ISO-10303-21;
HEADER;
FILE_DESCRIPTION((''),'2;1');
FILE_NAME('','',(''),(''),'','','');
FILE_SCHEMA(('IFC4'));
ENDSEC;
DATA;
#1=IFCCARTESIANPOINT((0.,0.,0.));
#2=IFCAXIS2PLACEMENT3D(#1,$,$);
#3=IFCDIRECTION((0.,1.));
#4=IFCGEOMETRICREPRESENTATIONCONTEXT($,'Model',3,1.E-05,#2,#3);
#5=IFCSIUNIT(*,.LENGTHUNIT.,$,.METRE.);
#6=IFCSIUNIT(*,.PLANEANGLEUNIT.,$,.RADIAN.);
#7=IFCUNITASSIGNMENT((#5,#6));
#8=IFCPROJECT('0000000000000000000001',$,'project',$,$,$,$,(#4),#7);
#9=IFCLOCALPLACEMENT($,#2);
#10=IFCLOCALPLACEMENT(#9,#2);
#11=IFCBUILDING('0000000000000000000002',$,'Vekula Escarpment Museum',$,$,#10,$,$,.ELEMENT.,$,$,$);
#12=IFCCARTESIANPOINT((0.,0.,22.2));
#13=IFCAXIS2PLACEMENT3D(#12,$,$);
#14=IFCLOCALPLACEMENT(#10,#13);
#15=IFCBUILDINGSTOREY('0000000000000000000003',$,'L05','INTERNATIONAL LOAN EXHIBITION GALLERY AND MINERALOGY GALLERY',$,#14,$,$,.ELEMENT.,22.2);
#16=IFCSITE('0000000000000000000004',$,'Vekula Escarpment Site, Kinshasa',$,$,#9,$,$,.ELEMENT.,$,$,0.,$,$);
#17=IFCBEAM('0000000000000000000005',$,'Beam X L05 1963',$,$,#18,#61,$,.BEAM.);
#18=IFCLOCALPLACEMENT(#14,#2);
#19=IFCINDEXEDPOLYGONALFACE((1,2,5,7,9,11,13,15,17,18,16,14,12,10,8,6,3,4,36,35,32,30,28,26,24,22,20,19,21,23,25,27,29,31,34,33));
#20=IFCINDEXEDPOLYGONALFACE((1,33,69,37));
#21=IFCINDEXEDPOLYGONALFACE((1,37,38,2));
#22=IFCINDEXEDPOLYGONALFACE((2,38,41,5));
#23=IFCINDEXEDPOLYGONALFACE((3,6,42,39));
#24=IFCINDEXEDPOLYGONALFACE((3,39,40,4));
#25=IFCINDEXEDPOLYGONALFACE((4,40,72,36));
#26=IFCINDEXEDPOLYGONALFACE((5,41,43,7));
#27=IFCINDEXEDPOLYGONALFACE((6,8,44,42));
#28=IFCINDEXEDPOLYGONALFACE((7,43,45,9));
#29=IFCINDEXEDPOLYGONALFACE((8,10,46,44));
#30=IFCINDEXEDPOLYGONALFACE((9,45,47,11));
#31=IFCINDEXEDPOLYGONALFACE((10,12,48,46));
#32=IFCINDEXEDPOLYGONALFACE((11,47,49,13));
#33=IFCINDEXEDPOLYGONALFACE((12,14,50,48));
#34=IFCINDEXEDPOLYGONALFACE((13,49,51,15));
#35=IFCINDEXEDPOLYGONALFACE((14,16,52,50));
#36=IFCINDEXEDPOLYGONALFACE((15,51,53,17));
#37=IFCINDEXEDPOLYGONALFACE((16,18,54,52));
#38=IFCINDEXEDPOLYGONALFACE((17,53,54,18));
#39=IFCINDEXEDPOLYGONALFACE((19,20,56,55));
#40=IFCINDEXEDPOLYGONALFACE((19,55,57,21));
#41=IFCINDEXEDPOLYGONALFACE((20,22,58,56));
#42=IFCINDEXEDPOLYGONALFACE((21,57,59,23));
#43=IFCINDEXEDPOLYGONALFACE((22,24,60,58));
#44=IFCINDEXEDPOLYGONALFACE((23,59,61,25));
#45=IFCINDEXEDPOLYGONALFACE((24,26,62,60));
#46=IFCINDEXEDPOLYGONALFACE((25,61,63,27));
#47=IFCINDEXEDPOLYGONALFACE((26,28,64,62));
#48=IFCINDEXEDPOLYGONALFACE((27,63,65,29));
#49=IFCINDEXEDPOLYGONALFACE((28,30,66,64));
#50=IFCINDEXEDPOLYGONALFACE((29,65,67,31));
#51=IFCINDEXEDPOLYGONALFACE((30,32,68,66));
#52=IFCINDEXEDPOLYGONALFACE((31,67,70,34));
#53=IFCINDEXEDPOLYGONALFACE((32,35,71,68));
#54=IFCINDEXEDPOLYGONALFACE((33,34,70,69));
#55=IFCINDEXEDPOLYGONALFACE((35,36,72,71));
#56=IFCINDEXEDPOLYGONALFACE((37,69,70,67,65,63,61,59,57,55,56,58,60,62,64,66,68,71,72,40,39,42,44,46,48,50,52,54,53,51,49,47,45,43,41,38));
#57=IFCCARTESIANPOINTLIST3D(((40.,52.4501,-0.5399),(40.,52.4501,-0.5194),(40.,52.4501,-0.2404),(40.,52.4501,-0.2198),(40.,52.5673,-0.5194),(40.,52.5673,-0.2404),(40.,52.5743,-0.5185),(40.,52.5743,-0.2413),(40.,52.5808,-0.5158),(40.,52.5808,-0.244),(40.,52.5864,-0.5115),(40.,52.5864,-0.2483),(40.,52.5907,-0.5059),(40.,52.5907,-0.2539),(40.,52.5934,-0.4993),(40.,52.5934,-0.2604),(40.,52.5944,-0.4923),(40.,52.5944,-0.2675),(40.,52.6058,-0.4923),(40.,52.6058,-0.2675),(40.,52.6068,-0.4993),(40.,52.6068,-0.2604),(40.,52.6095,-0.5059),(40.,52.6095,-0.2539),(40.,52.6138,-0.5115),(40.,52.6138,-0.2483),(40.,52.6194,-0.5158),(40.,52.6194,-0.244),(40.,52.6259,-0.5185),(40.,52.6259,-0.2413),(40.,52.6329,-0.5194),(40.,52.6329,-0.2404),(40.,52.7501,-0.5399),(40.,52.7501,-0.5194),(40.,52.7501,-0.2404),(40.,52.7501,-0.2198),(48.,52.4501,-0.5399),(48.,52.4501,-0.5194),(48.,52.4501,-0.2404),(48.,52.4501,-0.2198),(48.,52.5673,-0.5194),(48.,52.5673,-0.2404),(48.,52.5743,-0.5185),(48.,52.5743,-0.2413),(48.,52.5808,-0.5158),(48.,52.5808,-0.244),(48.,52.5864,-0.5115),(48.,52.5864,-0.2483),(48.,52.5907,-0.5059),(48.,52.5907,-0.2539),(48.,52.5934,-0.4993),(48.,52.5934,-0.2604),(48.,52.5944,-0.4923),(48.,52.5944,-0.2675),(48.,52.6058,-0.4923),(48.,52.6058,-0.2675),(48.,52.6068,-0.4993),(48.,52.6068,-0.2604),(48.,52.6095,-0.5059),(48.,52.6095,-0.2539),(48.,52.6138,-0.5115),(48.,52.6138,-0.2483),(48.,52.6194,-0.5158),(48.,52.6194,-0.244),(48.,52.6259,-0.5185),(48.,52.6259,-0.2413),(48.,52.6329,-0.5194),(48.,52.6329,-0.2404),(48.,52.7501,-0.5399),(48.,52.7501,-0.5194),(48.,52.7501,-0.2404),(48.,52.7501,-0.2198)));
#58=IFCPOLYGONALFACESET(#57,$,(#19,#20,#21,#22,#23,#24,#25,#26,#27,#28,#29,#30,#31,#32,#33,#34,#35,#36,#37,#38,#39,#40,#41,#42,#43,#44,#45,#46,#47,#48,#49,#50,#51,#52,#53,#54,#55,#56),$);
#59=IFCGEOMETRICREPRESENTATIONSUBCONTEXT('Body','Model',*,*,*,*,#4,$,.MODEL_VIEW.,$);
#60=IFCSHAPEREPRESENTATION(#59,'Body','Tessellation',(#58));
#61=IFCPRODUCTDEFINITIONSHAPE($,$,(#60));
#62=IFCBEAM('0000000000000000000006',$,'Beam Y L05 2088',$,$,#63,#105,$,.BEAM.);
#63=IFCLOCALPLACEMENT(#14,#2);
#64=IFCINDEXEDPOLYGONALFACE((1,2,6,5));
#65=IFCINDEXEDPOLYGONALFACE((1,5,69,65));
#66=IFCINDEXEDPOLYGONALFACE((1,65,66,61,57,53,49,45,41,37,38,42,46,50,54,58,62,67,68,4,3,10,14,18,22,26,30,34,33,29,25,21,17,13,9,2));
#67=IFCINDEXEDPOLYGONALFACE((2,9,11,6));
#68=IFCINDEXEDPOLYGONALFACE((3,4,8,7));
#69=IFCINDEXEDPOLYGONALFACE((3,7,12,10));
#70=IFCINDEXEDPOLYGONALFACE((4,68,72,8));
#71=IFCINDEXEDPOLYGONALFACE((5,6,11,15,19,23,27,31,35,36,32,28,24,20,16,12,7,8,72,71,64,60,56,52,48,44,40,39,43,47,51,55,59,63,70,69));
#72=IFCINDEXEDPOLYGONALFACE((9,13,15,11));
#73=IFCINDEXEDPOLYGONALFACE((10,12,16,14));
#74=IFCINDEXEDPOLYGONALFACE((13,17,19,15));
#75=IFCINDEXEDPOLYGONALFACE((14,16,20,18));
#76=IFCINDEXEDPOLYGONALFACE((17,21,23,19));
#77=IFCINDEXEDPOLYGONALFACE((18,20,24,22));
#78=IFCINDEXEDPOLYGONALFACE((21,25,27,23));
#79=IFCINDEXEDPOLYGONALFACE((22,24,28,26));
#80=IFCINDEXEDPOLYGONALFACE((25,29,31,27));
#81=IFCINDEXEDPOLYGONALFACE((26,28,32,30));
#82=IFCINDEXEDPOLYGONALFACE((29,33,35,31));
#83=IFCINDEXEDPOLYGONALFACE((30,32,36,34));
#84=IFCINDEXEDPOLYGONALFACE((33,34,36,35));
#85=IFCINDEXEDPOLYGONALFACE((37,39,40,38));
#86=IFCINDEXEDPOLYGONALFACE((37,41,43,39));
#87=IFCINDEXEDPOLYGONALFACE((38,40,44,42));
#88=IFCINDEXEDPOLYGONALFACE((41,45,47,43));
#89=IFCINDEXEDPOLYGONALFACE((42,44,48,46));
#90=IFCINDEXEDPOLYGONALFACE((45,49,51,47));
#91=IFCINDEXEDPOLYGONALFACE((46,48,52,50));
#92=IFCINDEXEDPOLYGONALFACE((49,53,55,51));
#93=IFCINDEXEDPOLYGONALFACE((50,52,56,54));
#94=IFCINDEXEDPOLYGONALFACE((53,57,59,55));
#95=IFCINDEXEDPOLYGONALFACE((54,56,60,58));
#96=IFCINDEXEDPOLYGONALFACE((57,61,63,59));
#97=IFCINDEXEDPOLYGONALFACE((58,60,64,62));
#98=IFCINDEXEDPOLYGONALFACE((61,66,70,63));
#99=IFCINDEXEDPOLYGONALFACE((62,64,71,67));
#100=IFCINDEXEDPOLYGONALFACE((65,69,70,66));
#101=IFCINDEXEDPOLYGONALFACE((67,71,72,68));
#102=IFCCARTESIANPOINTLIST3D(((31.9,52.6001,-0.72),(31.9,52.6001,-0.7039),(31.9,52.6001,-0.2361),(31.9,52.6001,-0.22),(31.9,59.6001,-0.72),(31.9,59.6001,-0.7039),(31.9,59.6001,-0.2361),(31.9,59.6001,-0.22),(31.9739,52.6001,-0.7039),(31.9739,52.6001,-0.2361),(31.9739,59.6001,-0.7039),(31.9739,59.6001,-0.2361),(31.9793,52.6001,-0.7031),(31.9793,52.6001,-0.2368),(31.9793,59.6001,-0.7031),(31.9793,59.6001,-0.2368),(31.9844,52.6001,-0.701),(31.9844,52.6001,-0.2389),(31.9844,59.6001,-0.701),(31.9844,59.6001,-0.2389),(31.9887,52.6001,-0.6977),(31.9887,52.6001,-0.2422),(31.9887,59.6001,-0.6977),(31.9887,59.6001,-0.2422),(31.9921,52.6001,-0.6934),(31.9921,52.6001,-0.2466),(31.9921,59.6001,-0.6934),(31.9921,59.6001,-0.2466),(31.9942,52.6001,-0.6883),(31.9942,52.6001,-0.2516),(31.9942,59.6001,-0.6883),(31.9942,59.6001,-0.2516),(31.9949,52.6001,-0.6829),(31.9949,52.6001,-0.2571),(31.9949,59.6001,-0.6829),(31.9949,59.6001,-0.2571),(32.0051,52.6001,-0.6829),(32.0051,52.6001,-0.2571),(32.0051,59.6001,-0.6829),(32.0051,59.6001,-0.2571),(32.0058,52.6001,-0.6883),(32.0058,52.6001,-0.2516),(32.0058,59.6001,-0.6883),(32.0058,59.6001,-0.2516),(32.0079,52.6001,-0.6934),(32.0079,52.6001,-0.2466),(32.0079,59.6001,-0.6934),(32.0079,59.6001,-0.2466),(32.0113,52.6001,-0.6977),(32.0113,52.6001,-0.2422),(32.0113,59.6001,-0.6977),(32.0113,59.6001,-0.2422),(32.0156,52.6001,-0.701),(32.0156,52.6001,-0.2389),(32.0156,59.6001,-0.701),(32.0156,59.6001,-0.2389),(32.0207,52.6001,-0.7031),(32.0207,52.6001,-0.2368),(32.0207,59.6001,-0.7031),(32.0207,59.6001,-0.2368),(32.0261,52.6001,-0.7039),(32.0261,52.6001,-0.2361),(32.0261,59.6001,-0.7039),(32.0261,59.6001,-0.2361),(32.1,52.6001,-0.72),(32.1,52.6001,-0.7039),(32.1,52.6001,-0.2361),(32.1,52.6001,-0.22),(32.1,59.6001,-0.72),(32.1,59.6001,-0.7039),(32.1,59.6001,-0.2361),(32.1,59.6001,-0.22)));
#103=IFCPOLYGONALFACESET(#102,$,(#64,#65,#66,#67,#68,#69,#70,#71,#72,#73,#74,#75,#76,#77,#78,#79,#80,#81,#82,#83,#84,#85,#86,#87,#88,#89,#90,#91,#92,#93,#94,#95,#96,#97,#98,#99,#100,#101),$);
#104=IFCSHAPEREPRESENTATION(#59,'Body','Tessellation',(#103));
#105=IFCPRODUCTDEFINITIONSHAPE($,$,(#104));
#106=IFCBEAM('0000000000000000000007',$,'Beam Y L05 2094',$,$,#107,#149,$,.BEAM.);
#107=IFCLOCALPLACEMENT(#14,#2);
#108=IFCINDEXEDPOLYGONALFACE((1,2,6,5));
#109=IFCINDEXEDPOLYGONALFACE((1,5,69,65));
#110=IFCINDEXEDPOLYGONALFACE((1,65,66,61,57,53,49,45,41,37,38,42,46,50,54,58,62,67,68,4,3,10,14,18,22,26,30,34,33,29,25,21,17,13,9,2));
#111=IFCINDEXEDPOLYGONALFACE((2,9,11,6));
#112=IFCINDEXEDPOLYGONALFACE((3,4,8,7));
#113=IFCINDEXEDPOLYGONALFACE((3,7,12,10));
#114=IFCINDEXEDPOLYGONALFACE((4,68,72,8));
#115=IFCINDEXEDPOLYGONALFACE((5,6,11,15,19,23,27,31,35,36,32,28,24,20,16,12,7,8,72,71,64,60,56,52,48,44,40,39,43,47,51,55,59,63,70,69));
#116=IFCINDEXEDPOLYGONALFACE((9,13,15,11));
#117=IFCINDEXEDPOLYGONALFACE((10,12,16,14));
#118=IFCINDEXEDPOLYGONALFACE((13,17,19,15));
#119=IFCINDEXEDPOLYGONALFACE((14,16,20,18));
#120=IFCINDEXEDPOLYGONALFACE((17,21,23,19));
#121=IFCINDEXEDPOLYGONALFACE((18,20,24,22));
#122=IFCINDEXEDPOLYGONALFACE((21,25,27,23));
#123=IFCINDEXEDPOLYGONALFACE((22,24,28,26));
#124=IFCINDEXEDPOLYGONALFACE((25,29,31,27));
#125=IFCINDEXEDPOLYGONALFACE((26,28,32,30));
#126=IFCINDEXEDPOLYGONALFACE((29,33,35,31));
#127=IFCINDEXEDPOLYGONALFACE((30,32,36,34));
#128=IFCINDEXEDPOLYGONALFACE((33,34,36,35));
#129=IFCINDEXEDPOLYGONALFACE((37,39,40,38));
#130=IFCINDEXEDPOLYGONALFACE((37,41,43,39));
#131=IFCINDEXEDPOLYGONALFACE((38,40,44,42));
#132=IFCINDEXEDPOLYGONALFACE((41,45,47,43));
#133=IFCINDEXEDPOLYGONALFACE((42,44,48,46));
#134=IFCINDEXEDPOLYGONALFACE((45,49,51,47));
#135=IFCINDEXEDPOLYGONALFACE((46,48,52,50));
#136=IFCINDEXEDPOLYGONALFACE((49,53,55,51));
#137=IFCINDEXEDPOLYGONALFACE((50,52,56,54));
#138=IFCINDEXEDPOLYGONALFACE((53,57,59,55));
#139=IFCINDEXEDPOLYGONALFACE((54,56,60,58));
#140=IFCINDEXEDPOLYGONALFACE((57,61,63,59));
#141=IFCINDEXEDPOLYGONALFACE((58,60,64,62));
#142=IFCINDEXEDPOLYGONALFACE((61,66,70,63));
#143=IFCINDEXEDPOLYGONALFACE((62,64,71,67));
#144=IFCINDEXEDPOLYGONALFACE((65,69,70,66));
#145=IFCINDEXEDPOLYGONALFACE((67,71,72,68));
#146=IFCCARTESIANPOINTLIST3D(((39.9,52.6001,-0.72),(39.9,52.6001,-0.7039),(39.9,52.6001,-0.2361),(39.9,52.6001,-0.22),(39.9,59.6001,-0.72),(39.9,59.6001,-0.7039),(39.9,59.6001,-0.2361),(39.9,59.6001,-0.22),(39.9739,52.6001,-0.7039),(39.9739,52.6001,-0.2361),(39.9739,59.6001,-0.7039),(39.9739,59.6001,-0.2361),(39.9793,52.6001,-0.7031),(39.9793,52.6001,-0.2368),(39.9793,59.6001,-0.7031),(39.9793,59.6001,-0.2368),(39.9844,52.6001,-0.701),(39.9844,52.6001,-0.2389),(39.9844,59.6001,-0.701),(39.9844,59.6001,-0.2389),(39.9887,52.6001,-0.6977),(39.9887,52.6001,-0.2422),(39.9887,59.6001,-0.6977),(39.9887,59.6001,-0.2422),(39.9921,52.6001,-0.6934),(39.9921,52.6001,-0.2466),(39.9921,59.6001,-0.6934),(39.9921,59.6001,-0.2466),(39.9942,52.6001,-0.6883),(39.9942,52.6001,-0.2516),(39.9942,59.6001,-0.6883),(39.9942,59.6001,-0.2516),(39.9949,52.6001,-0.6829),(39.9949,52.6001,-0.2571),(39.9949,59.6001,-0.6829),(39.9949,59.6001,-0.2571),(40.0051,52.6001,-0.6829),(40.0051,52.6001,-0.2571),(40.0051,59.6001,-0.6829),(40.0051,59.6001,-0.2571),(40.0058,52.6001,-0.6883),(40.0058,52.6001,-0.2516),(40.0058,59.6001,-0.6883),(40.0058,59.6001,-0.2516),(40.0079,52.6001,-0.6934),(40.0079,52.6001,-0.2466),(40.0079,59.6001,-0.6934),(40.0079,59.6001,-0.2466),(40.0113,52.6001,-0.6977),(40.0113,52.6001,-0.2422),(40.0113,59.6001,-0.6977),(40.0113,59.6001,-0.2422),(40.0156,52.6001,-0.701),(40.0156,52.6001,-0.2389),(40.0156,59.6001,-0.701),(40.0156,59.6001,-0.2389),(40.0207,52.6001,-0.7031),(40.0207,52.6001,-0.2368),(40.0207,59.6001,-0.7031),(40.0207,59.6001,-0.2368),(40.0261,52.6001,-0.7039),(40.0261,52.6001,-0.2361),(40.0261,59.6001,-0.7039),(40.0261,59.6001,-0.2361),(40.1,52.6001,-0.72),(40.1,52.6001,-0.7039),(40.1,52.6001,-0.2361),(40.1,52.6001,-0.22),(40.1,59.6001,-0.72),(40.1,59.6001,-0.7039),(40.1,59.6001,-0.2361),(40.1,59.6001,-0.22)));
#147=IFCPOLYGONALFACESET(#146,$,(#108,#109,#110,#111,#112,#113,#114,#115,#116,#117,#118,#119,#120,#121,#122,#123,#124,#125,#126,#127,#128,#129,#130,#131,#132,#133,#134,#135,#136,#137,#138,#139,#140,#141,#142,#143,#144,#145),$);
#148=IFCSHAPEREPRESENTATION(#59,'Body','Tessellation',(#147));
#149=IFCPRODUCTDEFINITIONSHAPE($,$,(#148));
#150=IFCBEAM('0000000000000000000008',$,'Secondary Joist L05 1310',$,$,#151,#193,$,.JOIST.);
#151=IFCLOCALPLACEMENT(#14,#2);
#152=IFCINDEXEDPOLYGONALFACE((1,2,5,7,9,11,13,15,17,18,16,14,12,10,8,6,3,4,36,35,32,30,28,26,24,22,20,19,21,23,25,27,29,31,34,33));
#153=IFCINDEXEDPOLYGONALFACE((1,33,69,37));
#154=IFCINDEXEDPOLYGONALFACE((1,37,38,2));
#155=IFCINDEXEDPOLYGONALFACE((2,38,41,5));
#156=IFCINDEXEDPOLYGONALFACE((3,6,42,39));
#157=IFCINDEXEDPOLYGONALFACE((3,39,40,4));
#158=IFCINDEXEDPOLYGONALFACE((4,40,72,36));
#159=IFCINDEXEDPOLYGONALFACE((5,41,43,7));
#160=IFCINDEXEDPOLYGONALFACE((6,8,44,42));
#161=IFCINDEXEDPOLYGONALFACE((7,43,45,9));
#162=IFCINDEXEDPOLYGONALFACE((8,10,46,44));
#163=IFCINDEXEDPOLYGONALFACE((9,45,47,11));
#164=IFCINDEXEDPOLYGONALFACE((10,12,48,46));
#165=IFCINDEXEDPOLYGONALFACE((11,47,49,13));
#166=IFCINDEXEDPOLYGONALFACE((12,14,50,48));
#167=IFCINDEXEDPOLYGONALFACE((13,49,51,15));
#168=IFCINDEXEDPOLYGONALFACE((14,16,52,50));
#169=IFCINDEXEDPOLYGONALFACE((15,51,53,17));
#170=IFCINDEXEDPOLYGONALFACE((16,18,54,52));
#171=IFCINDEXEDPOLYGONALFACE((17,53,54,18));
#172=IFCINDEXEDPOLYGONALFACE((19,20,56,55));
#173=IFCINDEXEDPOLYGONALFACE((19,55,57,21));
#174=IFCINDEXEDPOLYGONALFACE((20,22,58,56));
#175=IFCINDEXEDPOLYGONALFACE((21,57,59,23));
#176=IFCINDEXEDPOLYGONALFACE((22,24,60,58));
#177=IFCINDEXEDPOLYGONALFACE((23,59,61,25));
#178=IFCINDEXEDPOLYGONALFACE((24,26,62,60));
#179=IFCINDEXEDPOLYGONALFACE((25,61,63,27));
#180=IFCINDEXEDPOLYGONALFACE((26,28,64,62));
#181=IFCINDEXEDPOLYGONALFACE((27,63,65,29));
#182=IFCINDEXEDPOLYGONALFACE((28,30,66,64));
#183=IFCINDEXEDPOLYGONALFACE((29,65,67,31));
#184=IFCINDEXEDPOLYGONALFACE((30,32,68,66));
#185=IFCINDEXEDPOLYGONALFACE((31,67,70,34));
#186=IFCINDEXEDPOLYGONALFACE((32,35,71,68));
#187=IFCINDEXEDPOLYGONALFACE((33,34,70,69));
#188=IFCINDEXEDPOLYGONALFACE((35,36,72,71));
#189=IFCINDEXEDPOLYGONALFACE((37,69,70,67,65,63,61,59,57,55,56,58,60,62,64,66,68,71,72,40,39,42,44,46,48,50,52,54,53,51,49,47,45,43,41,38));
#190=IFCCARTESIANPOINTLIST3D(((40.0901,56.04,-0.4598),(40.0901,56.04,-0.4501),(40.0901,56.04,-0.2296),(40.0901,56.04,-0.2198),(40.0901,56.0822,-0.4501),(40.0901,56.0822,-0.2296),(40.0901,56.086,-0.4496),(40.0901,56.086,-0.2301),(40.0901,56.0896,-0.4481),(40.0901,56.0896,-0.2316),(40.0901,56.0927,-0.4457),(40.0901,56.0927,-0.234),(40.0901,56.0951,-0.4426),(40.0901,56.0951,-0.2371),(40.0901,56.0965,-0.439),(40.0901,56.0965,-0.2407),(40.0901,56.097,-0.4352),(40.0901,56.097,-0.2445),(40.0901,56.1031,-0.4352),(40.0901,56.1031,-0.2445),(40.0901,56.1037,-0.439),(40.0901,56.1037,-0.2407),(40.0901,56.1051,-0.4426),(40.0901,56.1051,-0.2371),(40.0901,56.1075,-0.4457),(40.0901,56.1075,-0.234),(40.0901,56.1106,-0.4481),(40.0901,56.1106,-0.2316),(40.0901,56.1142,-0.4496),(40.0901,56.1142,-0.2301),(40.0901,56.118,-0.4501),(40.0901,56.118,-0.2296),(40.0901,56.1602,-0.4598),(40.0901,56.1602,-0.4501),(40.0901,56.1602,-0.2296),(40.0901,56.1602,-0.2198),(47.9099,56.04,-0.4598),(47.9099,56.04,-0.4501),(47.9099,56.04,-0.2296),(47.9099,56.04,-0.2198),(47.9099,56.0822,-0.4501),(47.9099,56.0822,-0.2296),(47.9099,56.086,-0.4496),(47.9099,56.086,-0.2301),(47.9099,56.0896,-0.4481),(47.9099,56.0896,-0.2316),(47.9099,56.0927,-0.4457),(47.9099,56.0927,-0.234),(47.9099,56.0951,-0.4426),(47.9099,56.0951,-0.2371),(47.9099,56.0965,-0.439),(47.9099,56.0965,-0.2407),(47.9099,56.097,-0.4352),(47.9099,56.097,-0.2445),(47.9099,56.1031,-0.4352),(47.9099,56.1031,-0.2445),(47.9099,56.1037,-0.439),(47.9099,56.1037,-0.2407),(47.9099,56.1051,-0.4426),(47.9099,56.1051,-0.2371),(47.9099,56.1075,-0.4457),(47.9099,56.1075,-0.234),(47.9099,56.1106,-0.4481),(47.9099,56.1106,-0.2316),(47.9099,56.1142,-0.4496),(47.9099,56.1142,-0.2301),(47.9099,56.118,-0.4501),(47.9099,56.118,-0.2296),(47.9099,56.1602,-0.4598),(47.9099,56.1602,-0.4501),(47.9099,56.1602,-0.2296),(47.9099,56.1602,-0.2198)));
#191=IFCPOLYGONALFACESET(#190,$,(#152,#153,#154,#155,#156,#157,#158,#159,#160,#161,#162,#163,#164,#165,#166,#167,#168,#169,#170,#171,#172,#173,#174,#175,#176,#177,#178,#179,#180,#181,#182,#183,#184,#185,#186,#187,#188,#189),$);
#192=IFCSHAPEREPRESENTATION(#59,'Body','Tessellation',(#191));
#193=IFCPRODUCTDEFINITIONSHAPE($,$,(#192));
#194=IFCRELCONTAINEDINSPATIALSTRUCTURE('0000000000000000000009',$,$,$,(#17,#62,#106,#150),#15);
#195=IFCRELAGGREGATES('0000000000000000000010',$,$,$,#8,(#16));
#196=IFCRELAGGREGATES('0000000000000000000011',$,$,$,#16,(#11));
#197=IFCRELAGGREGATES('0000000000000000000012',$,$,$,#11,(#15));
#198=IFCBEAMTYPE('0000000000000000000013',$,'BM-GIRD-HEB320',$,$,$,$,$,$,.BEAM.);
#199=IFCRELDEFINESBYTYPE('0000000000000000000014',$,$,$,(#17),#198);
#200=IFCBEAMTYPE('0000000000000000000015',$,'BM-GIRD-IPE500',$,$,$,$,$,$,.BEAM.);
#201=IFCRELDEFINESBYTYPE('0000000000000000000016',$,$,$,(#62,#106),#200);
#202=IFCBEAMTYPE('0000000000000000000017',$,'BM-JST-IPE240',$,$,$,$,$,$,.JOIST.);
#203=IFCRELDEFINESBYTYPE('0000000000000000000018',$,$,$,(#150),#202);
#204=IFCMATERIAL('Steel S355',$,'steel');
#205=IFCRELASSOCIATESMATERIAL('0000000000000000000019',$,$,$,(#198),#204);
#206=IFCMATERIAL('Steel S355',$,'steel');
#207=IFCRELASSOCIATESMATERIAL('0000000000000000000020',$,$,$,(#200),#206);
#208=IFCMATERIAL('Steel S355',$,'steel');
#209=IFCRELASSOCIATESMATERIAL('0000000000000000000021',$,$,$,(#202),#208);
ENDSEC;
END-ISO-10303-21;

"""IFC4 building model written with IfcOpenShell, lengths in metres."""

from ifc_helpers import new_model, si_unit, direction, frame, origin, origin_2d, place, context, subcontext, project, spatial, i_section, extrude, material, material_profile, profile_set, type_object, element, save


model = new_model("IFC4")

# Units and contexts
model_context = context("Model", 3, precision=1e-05, world=origin(), true_north=direction((0.0, 1.0)))
body_context = subcontext(model_context, "Body", "Model", "MODEL_VIEW")
ifc_project = project(units=[si_unit("LENGTHUNIT", "METRE"), si_unit("PLANEANGLEUNIT", "RADIAN")], contexts=[model_context])

# Site, building, storey
site_placement = place(None, origin())
site = spatial("IfcSite", under=ifc_project, at=site_placement, Name="Vekula Escarpment Site, Kinshasa", CompositionType="ELEMENT", RefElevation=0.0)
building_placement = place(site_placement, origin())
building = spatial("IfcBuilding", under=site, at=building_placement, Name="Vekula Escarpment Museum", CompositionType="ELEMENT")
storey_placement = place(building_placement, frame((0.0, 0.0, 22.2)))
storey = spatial("IfcBuildingStorey", under=building, at=storey_placement, Name="L05", Description="INTERNATIONAL LOAN EXHIBITION GALLERY AND MINERALOGY GALLERY", CompositionType="ELEMENT", Elevation=22.2)

# Beams
ifc_material_1 = material(Name="Steel S355", Category="steel")
ifc_material_profile_1 = material_profile(ifc_material_1, i_section(OverallWidth=0.3, OverallDepth=0.3201, WebThickness=0.0115, FlangeThickness=0.0205, FilletRadius=0.0271, at=origin_2d()), Name="HEB 320")
ifc_profile_set_1 = profile_set([ifc_material_profile_1], Name="Steel S355")
beam_type_1 = type_object("IfcBeamType", Name="BM-GIRD-HEB320", PredefinedType="BEAM", material=ifc_profile_set_1)
beam_1_placement = place(storey_placement, frame((40.0, 52.6001, -0.3799), z_axis=(1.0, 0.0, 0.0), x_axis=(0.0, 1.0, 0.0)))
element("IfcBeam", 1, at=beam_1_placement, inside=storey, type_object=beam_type_1, Name="Beam X L05 1963", PredefinedType="BEAM", context=body_context, shape_type="SweptSolid", body=[
    extrude(i_section(OverallWidth=0.3, OverallDepth=0.3201, WebThickness=0.0115, FlangeThickness=0.0205, FilletRadius=0.0271, at=origin_2d()), origin(), (0.0, 0.0, 1.0), 8.0),
])
ifc_material_2 = material(Name="Steel S355", Category="steel")
ifc_material_profile_2 = material_profile(ifc_material_2, i_section(OverallWidth=0.2, OverallDepth=0.5, WebThickness=0.0103, FlangeThickness=0.0161, FilletRadius=0.021, at=origin_2d()), Name="IPE 500")
ifc_profile_set_2 = profile_set([ifc_material_profile_2], Name="Steel S355")
beam_type_2 = type_object("IfcBeamType", Name="BM-GIRD-IPE500", PredefinedType="BEAM", material=ifc_profile_set_2)
for number, where, z_axis, x_axis, name in (
    (2, (32.0, 52.6001, -0.47), (0.0, 1.0, 0.0), (-1.0, 0.0, 0.0), "Beam Y L05 2088"),
    (3, (40.0, 52.6001, -0.47), (0.0, 1.0, 0.0), (-1.0, 0.0, 0.0), "Beam Y L05 2094"),
):
    element("IfcBeam", number, at=place(storey_placement, frame(where, z_axis=z_axis, x_axis=x_axis)), inside=storey, type_object=beam_type_2, Name=name, PredefinedType="BEAM", context=body_context, shape_type="SweptSolid", body=[
        extrude(i_section(OverallWidth=0.2, OverallDepth=0.5, WebThickness=0.0103, FlangeThickness=0.0161, FilletRadius=0.021, at=origin_2d()), origin(), (0.0, 0.0, 1.0), 7.0),
    ])
ifc_material_3 = material(Name="Steel S355", Category="steel")
ifc_material_profile_3 = material_profile(ifc_material_3, i_section(OverallWidth=0.1201, OverallDepth=0.24, WebThickness=0.0061, FlangeThickness=0.0098, FilletRadius=0.0149, at=origin_2d()), Name="IPE 240")
ifc_profile_set_3 = profile_set([ifc_material_profile_3], Name="Steel S355")
beam_type_3 = type_object("IfcBeamType", Name="BM-JST-IPE240", PredefinedType="JOIST", material=ifc_profile_set_3)
beam_2_placement = place(storey_placement, frame((40.0901, 56.1001, -0.3398), z_axis=(1.0, 0.0, 0.0), x_axis=(0.0, 1.0, 0.0)))
element("IfcBeam", 4, at=beam_2_placement, inside=storey, type_object=beam_type_3, Name="Secondary Joist L05 1310", PredefinedType="JOIST", context=body_context, shape_type="SweptSolid", body=[
    extrude(i_section(OverallWidth=0.1201, OverallDepth=0.24, WebThickness=0.0061, FlangeThickness=0.0098, FilletRadius=0.0149, at=origin_2d()), origin(), (0.0, 0.0, 1.0), 7.8198),
])

save(model, "model.ifc")
